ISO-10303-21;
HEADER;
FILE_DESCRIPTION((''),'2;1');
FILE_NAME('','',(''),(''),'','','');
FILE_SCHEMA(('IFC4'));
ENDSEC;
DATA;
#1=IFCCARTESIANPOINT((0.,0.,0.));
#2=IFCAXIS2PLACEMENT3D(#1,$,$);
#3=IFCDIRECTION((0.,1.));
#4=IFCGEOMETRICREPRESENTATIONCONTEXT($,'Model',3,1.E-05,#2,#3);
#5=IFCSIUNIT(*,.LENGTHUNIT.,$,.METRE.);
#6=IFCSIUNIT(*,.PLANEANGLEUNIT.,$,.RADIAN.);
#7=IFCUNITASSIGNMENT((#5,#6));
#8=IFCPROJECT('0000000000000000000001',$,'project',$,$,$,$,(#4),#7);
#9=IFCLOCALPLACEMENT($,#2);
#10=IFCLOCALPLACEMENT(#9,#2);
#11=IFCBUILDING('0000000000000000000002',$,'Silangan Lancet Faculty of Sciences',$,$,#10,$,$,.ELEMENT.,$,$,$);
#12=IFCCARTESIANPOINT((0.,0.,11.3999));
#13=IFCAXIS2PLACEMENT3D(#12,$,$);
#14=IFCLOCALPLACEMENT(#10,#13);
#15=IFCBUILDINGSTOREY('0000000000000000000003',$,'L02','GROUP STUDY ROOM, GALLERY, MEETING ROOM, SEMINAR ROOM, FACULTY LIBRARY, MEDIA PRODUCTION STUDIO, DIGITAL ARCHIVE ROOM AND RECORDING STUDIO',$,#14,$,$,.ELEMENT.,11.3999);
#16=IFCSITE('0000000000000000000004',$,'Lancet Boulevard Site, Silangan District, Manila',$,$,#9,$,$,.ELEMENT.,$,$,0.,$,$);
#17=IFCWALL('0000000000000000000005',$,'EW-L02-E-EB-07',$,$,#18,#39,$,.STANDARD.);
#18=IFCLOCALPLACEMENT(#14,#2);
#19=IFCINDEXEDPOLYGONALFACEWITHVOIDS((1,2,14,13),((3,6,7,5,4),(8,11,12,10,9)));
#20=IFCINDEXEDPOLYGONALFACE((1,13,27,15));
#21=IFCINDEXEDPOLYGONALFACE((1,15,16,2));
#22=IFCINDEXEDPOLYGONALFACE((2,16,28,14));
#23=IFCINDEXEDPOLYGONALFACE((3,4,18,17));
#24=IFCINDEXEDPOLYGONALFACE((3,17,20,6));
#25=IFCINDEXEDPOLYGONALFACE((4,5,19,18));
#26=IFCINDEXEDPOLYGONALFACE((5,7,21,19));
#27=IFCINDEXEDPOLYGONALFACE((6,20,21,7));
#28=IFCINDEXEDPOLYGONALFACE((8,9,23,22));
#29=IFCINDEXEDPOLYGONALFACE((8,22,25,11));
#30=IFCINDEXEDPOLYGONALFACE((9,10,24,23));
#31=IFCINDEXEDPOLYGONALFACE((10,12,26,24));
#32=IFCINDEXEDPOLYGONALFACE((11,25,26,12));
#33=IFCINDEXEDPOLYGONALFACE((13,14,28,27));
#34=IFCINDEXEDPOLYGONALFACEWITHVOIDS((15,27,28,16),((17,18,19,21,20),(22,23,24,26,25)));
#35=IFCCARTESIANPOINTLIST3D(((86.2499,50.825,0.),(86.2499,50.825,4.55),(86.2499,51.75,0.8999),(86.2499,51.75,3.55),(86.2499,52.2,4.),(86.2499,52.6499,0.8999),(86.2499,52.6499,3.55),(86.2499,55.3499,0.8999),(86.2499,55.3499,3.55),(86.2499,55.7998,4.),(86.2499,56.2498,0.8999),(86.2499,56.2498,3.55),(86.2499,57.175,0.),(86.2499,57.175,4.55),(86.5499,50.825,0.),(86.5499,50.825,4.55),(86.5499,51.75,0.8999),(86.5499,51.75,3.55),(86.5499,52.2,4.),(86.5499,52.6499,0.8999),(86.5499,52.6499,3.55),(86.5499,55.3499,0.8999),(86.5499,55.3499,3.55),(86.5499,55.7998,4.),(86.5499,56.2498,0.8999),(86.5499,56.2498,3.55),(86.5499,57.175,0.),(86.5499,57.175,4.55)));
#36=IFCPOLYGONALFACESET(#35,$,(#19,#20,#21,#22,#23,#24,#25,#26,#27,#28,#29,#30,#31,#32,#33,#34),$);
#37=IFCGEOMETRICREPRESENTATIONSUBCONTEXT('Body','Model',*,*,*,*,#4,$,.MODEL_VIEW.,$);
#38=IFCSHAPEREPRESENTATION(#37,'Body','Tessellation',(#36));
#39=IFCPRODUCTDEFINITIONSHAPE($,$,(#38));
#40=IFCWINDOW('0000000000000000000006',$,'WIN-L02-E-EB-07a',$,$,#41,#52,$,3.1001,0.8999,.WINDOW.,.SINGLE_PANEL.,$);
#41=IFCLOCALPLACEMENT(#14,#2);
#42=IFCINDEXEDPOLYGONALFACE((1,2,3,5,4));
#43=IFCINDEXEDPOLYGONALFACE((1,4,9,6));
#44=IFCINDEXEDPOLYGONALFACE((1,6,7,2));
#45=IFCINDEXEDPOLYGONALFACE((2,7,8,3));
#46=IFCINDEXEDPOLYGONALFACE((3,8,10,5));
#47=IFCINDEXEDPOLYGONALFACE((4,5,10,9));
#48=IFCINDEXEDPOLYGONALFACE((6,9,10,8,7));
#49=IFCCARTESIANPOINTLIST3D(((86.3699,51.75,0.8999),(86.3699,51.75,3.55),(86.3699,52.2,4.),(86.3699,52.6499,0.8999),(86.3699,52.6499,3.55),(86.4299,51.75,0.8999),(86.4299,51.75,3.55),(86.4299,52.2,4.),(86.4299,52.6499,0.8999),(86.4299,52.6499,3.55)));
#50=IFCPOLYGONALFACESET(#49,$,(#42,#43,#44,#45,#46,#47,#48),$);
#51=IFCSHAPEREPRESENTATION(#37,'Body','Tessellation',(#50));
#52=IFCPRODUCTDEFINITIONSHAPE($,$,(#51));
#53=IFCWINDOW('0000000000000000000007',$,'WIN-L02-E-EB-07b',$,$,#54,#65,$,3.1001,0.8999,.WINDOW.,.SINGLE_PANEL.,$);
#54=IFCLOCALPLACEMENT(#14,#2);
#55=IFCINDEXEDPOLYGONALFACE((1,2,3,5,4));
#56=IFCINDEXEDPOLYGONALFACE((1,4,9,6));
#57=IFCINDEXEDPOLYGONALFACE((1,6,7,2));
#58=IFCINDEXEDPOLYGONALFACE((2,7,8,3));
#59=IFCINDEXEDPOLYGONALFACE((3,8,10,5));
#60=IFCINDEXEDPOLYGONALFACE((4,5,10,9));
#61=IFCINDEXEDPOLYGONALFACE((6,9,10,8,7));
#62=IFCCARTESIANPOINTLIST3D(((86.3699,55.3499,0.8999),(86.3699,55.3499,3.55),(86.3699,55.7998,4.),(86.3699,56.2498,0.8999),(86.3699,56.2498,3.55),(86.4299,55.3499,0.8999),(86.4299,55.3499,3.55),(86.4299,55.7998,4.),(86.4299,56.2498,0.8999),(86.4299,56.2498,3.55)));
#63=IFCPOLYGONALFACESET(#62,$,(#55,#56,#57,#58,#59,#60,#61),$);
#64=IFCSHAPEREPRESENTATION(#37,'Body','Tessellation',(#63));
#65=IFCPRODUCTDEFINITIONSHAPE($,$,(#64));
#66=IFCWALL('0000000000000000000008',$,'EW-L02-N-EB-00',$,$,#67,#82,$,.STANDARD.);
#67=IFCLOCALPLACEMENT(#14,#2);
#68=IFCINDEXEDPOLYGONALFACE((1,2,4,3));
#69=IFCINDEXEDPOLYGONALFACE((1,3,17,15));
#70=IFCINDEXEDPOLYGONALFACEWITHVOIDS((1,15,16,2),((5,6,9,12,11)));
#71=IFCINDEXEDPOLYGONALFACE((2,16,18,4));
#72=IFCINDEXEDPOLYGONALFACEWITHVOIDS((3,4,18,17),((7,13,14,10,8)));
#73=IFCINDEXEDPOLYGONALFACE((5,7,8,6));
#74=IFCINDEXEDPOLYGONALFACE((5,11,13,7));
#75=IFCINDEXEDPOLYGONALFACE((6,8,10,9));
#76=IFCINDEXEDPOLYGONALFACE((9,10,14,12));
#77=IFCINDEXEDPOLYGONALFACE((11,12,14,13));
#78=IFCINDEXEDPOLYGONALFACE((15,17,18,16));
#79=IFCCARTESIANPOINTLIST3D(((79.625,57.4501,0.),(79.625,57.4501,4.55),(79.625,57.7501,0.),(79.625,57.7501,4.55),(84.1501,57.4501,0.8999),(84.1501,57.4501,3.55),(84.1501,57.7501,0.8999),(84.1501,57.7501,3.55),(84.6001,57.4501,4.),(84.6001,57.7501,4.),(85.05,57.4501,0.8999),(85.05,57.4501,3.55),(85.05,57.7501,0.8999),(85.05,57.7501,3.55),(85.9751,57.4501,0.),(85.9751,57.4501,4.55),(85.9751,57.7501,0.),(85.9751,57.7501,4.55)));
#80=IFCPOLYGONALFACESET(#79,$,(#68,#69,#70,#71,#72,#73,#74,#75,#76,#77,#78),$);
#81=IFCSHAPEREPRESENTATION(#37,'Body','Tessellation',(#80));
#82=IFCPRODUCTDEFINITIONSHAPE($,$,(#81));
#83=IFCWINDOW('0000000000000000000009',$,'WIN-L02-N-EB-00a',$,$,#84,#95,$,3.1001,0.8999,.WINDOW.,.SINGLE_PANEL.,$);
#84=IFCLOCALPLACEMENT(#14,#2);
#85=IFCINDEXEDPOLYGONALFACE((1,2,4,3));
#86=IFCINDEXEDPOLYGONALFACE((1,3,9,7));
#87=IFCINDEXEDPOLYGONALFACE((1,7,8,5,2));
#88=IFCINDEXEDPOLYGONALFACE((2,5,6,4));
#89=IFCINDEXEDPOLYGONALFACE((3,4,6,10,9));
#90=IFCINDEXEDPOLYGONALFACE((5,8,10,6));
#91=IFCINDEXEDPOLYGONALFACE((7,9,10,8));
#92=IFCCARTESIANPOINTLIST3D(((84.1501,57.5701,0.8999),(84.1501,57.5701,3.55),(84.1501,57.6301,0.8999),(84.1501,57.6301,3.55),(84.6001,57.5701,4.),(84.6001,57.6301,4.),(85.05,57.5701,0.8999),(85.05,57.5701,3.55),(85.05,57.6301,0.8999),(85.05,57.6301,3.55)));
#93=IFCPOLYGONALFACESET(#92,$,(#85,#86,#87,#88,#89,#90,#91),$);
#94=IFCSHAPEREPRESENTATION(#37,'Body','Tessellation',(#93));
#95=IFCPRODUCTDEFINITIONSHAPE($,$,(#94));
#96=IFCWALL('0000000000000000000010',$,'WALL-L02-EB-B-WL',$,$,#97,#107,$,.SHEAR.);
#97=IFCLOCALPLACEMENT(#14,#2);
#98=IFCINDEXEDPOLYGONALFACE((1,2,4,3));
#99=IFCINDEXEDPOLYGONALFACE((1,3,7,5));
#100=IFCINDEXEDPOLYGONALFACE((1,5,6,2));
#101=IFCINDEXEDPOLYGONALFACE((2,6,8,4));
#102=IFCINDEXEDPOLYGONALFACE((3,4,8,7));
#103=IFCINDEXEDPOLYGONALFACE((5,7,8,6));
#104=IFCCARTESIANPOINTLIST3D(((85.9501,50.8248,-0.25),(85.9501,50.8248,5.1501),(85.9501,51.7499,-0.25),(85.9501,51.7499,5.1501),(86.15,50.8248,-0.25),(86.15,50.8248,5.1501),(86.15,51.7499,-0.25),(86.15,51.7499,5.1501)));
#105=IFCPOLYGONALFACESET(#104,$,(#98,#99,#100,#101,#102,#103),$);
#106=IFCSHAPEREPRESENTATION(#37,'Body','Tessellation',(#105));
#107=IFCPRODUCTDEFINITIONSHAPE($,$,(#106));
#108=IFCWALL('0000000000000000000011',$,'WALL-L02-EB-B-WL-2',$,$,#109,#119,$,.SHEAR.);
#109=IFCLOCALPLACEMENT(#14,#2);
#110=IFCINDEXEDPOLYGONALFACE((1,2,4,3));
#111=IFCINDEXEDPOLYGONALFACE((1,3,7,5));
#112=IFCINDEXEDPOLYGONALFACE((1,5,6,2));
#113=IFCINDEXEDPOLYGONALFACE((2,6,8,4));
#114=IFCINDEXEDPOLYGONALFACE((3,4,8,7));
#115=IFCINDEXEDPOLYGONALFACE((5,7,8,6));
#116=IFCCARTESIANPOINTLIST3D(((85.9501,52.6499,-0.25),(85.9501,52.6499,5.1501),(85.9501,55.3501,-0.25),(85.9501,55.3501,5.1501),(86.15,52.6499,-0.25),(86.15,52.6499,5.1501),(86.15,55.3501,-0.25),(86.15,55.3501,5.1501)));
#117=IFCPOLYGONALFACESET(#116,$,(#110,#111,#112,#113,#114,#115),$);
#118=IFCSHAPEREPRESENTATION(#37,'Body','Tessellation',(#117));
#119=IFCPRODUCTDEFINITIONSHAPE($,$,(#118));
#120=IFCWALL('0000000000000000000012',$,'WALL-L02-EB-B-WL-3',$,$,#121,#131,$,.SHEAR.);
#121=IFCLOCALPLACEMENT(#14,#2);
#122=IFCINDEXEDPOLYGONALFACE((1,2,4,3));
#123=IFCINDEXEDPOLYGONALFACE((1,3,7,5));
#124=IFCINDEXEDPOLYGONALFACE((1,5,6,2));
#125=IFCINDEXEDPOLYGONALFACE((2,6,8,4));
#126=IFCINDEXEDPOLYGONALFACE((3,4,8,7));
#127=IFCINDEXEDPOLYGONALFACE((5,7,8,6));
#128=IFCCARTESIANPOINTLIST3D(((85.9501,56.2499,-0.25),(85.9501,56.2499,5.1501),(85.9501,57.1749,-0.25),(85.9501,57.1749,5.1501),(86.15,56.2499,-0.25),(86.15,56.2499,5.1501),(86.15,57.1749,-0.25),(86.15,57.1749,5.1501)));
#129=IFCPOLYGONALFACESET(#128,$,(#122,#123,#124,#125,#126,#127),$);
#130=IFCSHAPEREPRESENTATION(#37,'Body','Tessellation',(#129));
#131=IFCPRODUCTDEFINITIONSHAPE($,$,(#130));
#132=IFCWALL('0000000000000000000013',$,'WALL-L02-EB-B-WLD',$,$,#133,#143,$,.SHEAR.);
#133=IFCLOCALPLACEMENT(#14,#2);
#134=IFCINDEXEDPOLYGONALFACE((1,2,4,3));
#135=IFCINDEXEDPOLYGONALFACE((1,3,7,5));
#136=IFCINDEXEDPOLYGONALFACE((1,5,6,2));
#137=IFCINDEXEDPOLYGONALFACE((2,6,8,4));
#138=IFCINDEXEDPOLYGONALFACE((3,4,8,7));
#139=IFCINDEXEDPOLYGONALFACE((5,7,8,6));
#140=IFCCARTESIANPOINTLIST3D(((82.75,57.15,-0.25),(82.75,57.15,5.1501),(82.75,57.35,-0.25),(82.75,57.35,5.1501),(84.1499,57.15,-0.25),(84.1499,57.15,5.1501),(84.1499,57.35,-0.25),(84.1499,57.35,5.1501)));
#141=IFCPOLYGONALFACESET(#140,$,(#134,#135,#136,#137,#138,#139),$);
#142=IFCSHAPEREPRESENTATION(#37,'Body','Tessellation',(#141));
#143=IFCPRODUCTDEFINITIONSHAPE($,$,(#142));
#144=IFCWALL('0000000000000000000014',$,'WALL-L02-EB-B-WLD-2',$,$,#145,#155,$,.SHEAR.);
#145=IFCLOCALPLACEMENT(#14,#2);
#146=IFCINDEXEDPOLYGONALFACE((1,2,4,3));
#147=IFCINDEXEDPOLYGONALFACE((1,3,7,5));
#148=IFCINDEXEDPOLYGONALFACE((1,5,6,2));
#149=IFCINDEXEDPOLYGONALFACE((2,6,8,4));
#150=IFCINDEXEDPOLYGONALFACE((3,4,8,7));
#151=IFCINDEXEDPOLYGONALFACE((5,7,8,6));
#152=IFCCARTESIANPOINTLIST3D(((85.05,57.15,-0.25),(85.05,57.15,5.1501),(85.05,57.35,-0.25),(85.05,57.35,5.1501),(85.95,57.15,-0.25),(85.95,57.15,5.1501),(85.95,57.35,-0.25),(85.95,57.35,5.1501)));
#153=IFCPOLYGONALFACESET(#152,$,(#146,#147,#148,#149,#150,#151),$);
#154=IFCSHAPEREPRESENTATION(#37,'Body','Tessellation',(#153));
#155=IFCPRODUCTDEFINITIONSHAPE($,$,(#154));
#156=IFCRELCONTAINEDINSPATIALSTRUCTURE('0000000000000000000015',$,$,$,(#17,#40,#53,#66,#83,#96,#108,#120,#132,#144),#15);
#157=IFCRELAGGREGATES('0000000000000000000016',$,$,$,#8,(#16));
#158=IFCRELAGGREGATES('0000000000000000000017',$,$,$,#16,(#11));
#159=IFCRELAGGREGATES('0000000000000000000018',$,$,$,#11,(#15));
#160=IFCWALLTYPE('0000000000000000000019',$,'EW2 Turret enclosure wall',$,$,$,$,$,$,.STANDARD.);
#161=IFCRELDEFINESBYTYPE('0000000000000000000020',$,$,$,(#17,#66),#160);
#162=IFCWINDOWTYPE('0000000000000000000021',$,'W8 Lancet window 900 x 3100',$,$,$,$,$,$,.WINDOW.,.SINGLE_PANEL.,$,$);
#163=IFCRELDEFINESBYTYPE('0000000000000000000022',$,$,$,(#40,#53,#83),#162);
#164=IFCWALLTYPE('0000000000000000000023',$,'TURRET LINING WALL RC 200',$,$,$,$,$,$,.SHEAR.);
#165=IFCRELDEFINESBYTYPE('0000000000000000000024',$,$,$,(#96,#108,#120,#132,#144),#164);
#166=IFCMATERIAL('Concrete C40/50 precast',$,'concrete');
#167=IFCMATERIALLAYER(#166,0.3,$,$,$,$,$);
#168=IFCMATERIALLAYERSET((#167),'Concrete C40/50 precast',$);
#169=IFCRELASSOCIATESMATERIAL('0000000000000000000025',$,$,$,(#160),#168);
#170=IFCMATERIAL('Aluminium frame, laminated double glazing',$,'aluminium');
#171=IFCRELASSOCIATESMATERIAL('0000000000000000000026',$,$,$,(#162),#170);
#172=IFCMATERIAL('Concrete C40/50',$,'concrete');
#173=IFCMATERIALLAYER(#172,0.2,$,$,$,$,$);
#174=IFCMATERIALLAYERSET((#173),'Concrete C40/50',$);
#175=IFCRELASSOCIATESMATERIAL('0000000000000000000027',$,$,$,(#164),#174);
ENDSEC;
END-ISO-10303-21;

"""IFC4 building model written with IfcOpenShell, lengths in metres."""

from ifc_helpers import new_model, si_unit, direction, frame, frame_2d, origin, place, context, subcontext, project, spatial, polyline, rectangle, outline, extrude, material, layer, layer_set, type_object, element, fill, save


model = new_model("IFC4")

# Units and contexts
model_context = context("Model", 3, precision=1e-05, world=origin(), true_north=direction((0.0, 1.0)))
body_context = subcontext(model_context, "Body", "Model", "MODEL_VIEW")
ifc_project = project(units=[si_unit("LENGTHUNIT", "METRE"), si_unit("PLANEANGLEUNIT", "RADIAN")], contexts=[model_context])

# Site, building, storey
site_placement = place(None, origin())
site = spatial("IfcSite", under=ifc_project, at=site_placement, Name="Lancet Boulevard Site, Silangan District, Manila", CompositionType="ELEMENT", RefElevation=0.0)
building_placement = place(site_placement, origin())
building = spatial("IfcBuilding", under=site, at=building_placement, Name="Silangan Lancet Faculty of Sciences", CompositionType="ELEMENT")
storey_placement = place(building_placement, frame((0.0, 0.0, 11.3999)))
storey = spatial("IfcBuildingStorey", under=building, at=storey_placement, Name="L02", Description="GROUP STUDY ROOM, GALLERY, MEETING ROOM, SEMINAR ROOM, FACULTY LIBRARY, MEDIA PRODUCTION STUDIO, DIGITAL ARCHIVE ROOM AND RECORDING STUDIO", CompositionType="ELEMENT", Elevation=11.3999)

# Wall, openings, windows
ifc_material_1 = material(Name="Concrete C40/50 precast", Category="concrete")
ifc_layer_1 = layer(ifc_material_1, 0.3)
ifc_layer_set_1 = layer_set([ifc_layer_1], Name="Concrete C40/50 precast")
wall_type_1 = type_object("IfcWallType", Name="EW2 Turret enclosure wall", PredefinedType="STANDARD", material=ifc_layer_set_1)
wall_1_placement = place(storey_placement, frame((86.3999, 50.825, 0.0), z_axis=(0.0, 0.0, 1.0), x_axis=(0.0, 1.0, 0.0)))
wall_1 = element("IfcWall", 1, at=wall_1_placement, inside=storey, type_object=wall_type_1, Name="EW-L02-E-EB-07", PredefinedType="STANDARD", context=body_context, shape_type="SweptSolid", body=[
    extrude(rectangle(XDim=6.3501, YDim=0.3, at=frame_2d((3.175, 0.0))), origin(), (0.0, 0.0, 1.0), 4.55),
])
opening_1_placement = place(wall_1_placement, frame((0.925, 0.0, 0.8999)))
opening_1 = element("IfcOpeningElement", 2, at=opening_1_placement, cuts=wall_1, PredefinedType="OPENING", context=body_context, shape_type="SweptSolid", body=[
    extrude(outline(polyline([(0.0, 0.0), (0.8999, 0.0), (0.8999, 2.6501), (0.45, 3.1001), (0.0, 2.6501), (0.0, 0.0)])), frame((0.0, 0.1599, 0.0), z_axis=(0.0, -1.0, 0.0), x_axis=(1.0, 0.0, 0.0)), (0.0, 0.0, 1.0), 0.3201),
])
opening_2_placement = place(wall_1_placement, frame((4.5249, 0.0, 0.8999)))
opening_2 = element("IfcOpeningElement", 3, at=opening_2_placement, cuts=wall_1, PredefinedType="OPENING", context=body_context, shape_type="SweptSolid", body=[
    extrude(outline(polyline([(0.0, 0.0), (0.8999, 0.0), (0.8999, 2.6501), (0.45, 3.1001), (0.0, 2.6501), (0.0, 0.0)])), frame((0.0, 0.1599, 0.0), z_axis=(0.0, -1.0, 0.0), x_axis=(1.0, 0.0, 0.0)), (0.0, 0.0, 1.0), 0.3201),
])
ifc_material_2 = material(Name="Aluminium frame, laminated double glazing", Category="aluminium")
window_type = type_object("IfcWindowType", Name="W8 Lancet window 900 x 3100", PartitioningType="SINGLE_PANEL", PredefinedType="WINDOW", material=ifc_material_2)
window_1_placement = place(opening_1_placement, origin())
window_1 = element("IfcWindow", 4, at=window_1_placement, inside=storey, type_object=window_type, Name="WIN-L02-E-EB-07a", OverallHeight=3.1001, OverallWidth=0.8999, PartitioningType="SINGLE_PANEL", PredefinedType="WINDOW", context=body_context, shape_type="SweptSolid", body=[
    extrude(outline(polyline([(0.0, 0.0), (0.8999, 0.0), (0.8999, 2.6501), (0.45, 3.1001), (0.0, 2.6501), (0.0, 0.0)])), frame((0.0, 0.03, 0.0), z_axis=(0.0, -1.0, 0.0), x_axis=(1.0, 0.0, 0.0)), (0.0, 0.0, 1.0), 0.0601),
])
fill(opening_1, window_1)
window_2_placement = place(opening_2_placement, origin())
window_2 = element("IfcWindow", 5, at=window_2_placement, inside=storey, type_object=window_type, Name="WIN-L02-E-EB-07b", OverallHeight=3.1001, OverallWidth=0.8999, PartitioningType="SINGLE_PANEL", PredefinedType="WINDOW", context=body_context, shape_type="SweptSolid", body=[
    extrude(outline(polyline([(0.0, 0.0), (0.8999, 0.0), (0.8999, 2.6501), (0.45, 3.1001), (0.0, 2.6501), (0.0, 0.0)])), frame((0.0, 0.03, 0.0), z_axis=(0.0, -1.0, 0.0), x_axis=(1.0, 0.0, 0.0)), (0.0, 0.0, 1.0), 0.0601),
])
fill(opening_2, window_2)

# Wall, opening, window
wall_2_placement = place(storey_placement, frame((85.9751, 57.6001, 0.0), z_axis=(0.0, 0.0, 1.0), x_axis=(-1.0, 0.0, 0.0)))
wall_2 = element("IfcWall", 6, at=wall_2_placement, inside=storey, type_object=wall_type_1, Name="EW-L02-N-EB-00", PredefinedType="STANDARD", context=body_context, shape_type="SweptSolid", body=[
    extrude(rectangle(XDim=6.3501, YDim=0.3, at=frame_2d((3.175, 0.0))), origin(), (0.0, 0.0, 1.0), 4.55),
])
opening_3_placement = place(wall_2_placement, frame((0.925, 0.0, 0.8999)))
opening_3 = element("IfcOpeningElement", 7, at=opening_3_placement, cuts=wall_2, PredefinedType="OPENING", context=body_context, shape_type="SweptSolid", body=[
    extrude(outline(polyline([(0.0, 0.0), (0.8999, 0.0), (0.8999, 2.6501), (0.45, 3.1001), (0.0, 2.6501), (0.0, 0.0)])), frame((0.0, 0.1599, 0.0), z_axis=(0.0, -1.0, 0.0), x_axis=(1.0, 0.0, 0.0)), (0.0, 0.0, 1.0), 0.3201),
])
window_3_placement = place(opening_3_placement, origin())
window_3 = element("IfcWindow", 8, at=window_3_placement, inside=storey, type_object=window_type, Name="WIN-L02-N-EB-00a", OverallHeight=3.1001, OverallWidth=0.8999, PartitioningType="SINGLE_PANEL", PredefinedType="WINDOW", context=body_context, shape_type="SweptSolid", body=[
    extrude(outline(polyline([(0.0, 0.0), (0.8999, 0.0), (0.8999, 2.6501), (0.45, 3.1001), (0.0, 2.6501), (0.0, 0.0)])), frame((0.0, 0.03, 0.0), z_axis=(0.0, -1.0, 0.0), x_axis=(1.0, 0.0, 0.0)), (0.0, 0.0, 1.0), 0.0601),
])
fill(opening_3, window_3)

# Walls
ifc_material_3 = material(Name="Concrete C40/50", Category="concrete")
ifc_layer_2 = layer(ifc_material_3, 0.2)
ifc_layer_set_2 = layer_set([ifc_layer_2], Name="Concrete C40/50")
wall_type_2 = type_object("IfcWallType", Name="TURRET LINING WALL RC 200", PredefinedType="SHEAR", material=ifc_layer_set_2)
wall_3_placement = place(storey_placement, frame((86.05, 50.825, -0.25), z_axis=(0.0, 0.0, 1.0), x_axis=(0.0, 1.0, 0.0)))
element("IfcWall", 9, at=wall_3_placement, inside=storey, type_object=wall_type_2, Name="WALL-L02-EB-B-WL", PredefinedType="SHEAR", context=body_context, shape_type="SweptSolid", body=[
    extrude(rectangle(XDim=0.925, YDim=0.2, at=frame_2d((0.4624, 0.0))), origin(), (0.0, 0.0, 1.0), 5.4001),
])
wall_4_placement = place(storey_placement, frame((86.05, 52.6499, -0.25), z_axis=(0.0, 0.0, 1.0), x_axis=(0.0, 1.0, 0.0)))
element("IfcWall", 10, at=wall_4_placement, inside=storey, type_object=wall_type_2, Name="WALL-L02-EB-B-WL-2", PredefinedType="SHEAR", context=body_context, shape_type="SweptSolid", body=[
    extrude(rectangle(XDim=2.7002, YDim=0.2, at=frame_2d((1.3501, 0.0))), origin(), (0.0, 0.0, 1.0), 5.4001),
])
wall_5_placement = place(storey_placement, frame((86.05, 56.25, -0.25), z_axis=(0.0, 0.0, 1.0), x_axis=(0.0, 1.0, 0.0)))
element("IfcWall", 11, at=wall_5_placement, inside=storey, type_object=wall_type_2, Name="WALL-L02-EB-B-WL-3", PredefinedType="SHEAR", context=body_context, shape_type="SweptSolid", body=[
    extrude(rectangle(XDim=0.925, YDim=0.2, at=frame_2d((0.4624, 0.0))), origin(), (0.0, 0.0, 1.0), 5.4001),
])
wall_6_placement = place(storey_placement, frame((82.75, 57.25, -0.25), z_axis=(0.0, 0.0, 1.0), x_axis=(1.0, 0.0, 0.0)))
element("IfcWall", 12, at=wall_6_placement, inside=storey, type_object=wall_type_2, Name="WALL-L02-EB-B-WLD", PredefinedType="SHEAR", context=body_context, shape_type="SweptSolid", body=[
    extrude(rectangle(XDim=1.3999, YDim=0.2, at=frame_2d((0.7, 0.0))), origin(), (0.0, 0.0, 1.0), 5.4001),
])
wall_7_placement = place(storey_placement, frame((85.05, 57.25, -0.25), z_axis=(0.0, 0.0, 1.0), x_axis=(1.0, 0.0, 0.0)))
element("IfcWall", 13, at=wall_7_placement, inside=storey, type_object=wall_type_2, Name="WALL-L02-EB-B-WLD-2", PredefinedType="SHEAR", context=body_context, shape_type="SweptSolid", body=[
    extrude(rectangle(XDim=0.8999, YDim=0.2, at=frame_2d((0.45, 0.0))), origin(), (0.0, 0.0, 1.0), 5.4001),
])

save(model, "model.ifc")
